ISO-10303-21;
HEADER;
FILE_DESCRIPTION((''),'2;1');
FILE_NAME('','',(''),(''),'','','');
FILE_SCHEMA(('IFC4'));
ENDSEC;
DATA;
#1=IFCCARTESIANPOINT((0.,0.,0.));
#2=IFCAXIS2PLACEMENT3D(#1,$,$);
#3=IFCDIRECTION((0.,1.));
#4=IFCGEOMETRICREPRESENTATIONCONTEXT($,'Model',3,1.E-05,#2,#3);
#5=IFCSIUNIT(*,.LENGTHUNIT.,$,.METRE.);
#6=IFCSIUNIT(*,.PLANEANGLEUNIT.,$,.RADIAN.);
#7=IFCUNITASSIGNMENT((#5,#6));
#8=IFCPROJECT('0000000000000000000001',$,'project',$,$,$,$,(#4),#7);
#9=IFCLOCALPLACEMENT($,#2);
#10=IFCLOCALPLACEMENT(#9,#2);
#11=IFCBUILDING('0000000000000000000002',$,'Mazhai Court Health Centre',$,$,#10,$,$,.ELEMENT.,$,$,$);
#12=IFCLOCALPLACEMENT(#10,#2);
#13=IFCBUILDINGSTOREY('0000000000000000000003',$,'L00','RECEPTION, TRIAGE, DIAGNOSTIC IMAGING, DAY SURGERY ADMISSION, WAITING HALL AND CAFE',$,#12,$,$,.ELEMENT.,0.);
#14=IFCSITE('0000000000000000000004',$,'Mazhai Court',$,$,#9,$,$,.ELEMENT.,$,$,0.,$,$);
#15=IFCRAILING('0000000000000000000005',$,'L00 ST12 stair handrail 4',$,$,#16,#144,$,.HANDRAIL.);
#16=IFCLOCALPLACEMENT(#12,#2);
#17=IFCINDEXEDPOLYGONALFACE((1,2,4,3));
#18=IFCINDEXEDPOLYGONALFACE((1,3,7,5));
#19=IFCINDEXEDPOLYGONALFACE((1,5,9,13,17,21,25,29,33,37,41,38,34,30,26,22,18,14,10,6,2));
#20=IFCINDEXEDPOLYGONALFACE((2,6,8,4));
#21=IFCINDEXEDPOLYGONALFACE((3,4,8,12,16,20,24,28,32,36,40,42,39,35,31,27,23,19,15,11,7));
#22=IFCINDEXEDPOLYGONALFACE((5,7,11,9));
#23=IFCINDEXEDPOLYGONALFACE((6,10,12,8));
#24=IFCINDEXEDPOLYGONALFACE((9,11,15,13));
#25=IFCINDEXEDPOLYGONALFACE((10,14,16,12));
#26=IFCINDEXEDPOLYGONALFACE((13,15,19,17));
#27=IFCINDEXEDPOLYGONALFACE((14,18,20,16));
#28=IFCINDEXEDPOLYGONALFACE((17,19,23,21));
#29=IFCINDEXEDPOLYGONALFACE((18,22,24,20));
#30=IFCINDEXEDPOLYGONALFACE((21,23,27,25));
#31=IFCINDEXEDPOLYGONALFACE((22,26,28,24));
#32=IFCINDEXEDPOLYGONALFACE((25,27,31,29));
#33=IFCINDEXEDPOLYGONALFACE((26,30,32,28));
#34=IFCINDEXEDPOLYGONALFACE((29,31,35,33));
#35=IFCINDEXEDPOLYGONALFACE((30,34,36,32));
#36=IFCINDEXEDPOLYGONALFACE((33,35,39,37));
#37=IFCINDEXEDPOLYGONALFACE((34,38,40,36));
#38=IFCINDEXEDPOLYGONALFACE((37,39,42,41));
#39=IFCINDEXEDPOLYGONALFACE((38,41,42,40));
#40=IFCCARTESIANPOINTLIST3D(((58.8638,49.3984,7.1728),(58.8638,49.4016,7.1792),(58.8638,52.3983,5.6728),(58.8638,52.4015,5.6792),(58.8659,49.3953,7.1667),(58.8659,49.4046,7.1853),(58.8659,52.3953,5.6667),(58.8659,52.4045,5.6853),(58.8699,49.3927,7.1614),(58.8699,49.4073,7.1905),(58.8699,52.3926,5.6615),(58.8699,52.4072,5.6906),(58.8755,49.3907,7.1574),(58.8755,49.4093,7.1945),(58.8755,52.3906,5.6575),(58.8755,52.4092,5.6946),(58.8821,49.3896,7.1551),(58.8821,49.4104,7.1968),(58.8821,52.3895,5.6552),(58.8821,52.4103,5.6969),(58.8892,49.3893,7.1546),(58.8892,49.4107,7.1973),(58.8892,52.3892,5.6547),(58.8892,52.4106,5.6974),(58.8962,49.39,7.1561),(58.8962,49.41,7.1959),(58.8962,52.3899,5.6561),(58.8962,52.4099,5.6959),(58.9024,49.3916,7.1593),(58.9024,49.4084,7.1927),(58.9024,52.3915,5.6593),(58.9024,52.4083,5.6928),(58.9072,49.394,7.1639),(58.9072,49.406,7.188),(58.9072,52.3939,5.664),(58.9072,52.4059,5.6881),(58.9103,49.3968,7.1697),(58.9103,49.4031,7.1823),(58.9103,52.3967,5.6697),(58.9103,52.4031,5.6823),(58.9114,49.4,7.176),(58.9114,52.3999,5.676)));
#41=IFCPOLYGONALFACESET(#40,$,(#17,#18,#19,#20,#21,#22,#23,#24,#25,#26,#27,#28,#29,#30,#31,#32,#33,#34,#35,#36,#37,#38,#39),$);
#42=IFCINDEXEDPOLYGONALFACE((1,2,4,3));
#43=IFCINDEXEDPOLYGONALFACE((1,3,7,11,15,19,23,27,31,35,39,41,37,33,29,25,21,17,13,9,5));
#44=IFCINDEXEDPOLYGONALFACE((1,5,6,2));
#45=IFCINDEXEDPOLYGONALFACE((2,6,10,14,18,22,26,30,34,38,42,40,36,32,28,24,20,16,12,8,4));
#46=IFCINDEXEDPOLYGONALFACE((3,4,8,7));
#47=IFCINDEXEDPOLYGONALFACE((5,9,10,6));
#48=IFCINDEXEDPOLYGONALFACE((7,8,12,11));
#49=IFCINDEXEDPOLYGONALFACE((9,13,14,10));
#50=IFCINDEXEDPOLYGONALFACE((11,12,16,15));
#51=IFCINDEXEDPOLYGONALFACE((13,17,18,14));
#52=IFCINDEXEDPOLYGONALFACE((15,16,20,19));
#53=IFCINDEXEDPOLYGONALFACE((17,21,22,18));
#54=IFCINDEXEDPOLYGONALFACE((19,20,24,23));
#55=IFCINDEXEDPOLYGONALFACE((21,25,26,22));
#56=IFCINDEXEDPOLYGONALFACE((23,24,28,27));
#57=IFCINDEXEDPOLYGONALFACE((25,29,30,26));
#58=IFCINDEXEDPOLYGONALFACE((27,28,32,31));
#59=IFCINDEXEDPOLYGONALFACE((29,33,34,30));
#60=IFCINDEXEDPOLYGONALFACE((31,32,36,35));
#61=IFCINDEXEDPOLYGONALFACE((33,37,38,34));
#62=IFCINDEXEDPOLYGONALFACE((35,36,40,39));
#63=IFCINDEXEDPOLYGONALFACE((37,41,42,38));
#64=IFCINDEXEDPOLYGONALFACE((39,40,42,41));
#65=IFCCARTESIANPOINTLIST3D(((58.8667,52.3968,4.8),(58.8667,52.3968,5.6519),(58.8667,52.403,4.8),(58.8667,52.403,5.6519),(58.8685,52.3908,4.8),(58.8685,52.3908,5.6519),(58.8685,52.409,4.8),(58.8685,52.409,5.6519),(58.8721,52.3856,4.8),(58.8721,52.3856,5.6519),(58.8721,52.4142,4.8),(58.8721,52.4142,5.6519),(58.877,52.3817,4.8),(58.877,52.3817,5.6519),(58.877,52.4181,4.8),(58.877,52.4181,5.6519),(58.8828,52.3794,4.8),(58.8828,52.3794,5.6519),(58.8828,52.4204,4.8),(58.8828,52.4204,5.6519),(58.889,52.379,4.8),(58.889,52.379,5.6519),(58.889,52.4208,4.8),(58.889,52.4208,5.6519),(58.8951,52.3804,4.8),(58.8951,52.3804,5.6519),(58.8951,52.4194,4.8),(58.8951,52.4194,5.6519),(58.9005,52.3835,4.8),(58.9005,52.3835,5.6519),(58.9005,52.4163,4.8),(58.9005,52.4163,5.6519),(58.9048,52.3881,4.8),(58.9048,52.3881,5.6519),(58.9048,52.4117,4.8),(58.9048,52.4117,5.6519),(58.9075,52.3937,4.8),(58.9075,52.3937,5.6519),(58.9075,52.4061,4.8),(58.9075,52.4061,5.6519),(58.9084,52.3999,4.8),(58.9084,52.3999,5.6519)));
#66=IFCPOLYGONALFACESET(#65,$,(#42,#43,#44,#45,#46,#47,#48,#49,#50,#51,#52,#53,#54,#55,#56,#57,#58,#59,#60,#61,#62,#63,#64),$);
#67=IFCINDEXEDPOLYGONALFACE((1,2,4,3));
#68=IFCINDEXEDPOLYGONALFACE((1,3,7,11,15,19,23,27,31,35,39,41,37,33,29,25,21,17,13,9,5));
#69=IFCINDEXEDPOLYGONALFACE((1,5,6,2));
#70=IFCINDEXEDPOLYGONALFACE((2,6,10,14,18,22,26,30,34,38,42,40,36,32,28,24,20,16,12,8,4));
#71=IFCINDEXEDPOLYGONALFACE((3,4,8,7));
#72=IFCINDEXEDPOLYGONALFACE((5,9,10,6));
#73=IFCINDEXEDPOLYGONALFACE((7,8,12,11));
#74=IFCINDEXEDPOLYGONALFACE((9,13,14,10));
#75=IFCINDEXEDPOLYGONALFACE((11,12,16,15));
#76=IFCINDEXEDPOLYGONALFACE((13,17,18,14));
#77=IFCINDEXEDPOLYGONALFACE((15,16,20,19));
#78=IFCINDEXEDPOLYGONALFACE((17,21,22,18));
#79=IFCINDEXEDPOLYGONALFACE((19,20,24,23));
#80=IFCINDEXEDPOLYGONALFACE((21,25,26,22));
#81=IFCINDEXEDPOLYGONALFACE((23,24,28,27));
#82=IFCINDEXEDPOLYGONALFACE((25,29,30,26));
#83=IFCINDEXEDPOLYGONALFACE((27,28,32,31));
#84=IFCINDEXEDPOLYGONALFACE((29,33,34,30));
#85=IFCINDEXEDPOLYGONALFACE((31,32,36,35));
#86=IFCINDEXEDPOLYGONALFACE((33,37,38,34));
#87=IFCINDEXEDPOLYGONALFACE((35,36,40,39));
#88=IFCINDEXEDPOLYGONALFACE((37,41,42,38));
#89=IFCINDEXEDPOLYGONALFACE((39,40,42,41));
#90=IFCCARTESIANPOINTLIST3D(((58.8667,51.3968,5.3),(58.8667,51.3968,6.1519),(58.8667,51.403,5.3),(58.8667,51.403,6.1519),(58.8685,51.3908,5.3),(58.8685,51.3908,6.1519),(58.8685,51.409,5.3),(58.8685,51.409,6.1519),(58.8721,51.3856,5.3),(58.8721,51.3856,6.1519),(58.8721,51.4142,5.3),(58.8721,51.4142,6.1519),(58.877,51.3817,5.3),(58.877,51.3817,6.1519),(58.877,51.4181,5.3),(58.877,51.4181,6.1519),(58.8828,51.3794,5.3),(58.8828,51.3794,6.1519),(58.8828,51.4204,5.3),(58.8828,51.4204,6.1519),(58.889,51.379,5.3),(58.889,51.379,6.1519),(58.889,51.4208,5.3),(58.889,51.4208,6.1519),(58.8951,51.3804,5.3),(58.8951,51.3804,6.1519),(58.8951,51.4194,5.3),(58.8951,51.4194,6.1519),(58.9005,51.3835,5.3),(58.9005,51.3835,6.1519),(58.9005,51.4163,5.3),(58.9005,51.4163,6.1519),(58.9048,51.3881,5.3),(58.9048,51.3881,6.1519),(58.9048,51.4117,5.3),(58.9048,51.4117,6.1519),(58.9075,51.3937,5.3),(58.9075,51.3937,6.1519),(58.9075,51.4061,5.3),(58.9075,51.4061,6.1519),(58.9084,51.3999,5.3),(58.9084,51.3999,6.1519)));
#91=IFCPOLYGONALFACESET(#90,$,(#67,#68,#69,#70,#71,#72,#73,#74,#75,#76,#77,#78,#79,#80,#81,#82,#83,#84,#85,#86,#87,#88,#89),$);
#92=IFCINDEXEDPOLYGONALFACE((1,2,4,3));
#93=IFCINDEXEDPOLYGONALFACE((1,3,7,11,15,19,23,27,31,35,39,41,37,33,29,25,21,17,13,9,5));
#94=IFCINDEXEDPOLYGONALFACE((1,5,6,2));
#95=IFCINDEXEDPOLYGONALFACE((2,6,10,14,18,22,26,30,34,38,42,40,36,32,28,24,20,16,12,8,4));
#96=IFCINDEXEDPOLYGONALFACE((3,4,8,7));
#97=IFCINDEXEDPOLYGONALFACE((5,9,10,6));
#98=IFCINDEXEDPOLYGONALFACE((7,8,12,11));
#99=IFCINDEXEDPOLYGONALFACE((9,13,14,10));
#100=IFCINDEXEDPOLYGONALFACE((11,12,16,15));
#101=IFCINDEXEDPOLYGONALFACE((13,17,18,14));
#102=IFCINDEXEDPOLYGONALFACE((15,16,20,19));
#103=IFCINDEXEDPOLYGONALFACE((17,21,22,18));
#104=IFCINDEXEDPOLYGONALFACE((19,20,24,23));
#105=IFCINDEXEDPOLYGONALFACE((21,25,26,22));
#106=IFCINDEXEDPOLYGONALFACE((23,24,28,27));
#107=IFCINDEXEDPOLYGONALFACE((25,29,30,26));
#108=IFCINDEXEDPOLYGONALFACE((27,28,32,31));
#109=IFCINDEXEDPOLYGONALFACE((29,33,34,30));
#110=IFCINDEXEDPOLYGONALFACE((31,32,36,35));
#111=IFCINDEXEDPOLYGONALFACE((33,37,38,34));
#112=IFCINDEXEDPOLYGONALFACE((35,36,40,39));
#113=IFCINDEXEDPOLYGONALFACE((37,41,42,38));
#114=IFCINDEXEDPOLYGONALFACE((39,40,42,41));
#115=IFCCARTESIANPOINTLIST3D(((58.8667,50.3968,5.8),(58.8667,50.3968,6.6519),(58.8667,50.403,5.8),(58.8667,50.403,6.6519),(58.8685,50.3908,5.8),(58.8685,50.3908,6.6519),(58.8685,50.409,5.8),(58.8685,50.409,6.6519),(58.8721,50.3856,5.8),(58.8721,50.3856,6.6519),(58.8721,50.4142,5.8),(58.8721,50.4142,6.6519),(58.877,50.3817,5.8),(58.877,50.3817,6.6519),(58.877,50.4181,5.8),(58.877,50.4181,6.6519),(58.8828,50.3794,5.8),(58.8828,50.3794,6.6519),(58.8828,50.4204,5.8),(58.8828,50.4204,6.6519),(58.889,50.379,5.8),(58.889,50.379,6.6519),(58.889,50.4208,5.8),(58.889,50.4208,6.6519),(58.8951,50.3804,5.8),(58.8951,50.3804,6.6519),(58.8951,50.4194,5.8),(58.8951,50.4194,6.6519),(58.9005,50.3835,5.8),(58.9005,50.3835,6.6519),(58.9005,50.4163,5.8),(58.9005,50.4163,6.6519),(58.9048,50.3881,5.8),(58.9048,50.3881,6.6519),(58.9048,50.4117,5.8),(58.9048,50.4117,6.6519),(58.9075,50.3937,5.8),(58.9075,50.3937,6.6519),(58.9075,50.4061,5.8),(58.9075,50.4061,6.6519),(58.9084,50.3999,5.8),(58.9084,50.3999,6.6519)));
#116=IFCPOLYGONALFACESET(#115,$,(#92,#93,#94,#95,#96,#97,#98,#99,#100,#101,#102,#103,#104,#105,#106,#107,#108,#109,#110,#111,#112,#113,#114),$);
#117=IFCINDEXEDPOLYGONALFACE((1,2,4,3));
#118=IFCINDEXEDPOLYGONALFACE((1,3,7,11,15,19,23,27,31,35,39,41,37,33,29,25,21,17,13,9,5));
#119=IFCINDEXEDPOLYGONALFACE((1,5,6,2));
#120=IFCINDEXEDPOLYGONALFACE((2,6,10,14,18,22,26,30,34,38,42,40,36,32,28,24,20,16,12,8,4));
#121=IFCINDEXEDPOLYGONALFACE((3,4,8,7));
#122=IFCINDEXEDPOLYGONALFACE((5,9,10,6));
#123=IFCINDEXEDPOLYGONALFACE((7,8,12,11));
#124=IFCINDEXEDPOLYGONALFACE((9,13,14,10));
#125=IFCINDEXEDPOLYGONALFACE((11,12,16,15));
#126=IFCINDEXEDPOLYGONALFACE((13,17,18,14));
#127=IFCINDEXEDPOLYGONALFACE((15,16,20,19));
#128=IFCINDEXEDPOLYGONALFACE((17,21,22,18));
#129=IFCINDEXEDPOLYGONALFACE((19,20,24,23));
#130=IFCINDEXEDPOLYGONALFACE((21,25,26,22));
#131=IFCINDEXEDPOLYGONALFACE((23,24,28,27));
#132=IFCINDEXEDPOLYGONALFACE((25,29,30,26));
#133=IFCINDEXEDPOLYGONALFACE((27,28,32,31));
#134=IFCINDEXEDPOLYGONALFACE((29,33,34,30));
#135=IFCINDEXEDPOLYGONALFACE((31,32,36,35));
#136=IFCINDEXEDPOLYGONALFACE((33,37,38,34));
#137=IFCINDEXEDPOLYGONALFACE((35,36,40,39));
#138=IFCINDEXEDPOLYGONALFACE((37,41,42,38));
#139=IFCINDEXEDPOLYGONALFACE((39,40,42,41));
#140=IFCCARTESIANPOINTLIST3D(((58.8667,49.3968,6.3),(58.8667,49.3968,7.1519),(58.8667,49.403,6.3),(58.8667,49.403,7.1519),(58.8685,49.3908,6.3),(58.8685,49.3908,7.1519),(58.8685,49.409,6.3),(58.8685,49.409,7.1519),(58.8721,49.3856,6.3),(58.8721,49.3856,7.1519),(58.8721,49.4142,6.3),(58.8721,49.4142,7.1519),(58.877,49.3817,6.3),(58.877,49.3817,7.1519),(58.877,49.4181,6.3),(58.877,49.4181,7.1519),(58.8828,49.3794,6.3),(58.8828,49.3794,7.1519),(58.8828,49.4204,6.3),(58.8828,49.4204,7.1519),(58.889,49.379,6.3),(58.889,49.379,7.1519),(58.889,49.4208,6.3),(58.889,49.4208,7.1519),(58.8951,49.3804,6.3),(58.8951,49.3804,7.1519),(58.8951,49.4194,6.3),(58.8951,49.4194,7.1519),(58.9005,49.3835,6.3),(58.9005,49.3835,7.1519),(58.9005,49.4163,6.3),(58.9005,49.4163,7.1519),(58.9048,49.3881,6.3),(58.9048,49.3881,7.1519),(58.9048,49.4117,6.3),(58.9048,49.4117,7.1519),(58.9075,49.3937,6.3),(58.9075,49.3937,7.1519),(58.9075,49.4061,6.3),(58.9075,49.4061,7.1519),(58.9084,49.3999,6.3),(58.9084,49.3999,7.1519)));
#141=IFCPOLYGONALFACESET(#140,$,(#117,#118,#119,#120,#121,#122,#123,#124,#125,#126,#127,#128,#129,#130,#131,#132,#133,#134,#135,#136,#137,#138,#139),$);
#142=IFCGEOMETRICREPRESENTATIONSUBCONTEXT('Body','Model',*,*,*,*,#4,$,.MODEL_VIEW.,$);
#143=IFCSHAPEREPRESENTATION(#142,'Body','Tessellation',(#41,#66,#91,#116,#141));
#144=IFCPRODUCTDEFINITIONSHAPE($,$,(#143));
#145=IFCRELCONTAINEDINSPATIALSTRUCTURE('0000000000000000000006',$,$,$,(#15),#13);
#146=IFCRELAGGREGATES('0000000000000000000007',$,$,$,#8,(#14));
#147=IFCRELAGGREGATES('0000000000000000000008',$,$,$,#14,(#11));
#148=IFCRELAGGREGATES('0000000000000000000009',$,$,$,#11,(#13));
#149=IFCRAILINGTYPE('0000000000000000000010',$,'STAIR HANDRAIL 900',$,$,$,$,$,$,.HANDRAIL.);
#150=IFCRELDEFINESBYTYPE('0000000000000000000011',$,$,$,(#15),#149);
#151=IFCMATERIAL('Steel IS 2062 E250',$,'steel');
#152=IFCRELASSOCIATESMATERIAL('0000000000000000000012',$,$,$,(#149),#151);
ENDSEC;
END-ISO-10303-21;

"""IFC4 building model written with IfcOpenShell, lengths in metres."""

from ifc_helpers import new_model, si_unit, direction, frame, origin, origin_2d, place, context, subcontext, project, spatial, circle, extrude, material, type_object, element, save


model = new_model("IFC4")

# Units and contexts
model_context = context("Model", 3, precision=1e-05, world=origin(), true_north=direction((0.0, 1.0)))
body_context = subcontext(model_context, "Body", "Model", "MODEL_VIEW")
ifc_project = project(units=[si_unit("LENGTHUNIT", "METRE"), si_unit("PLANEANGLEUNIT", "RADIAN")], contexts=[model_context])

# Site, building, storey
site_placement = place(None, origin())
site = spatial("IfcSite", under=ifc_project, at=site_placement, Name="Mazhai Court", CompositionType="ELEMENT", RefElevation=0.0)
building_placement = place(site_placement, origin())
building = spatial("IfcBuilding", under=site, at=building_placement, Name="Mazhai Court Health Centre", CompositionType="ELEMENT")
storey_placement = place(building_placement, origin())
storey = spatial("IfcBuildingStorey", under=building, at=storey_placement, Name="L00", Description="RECEPTION, TRIAGE, DIAGNOSTIC IMAGING, DAY SURGERY ADMISSION, WAITING HALL AND CAFE", CompositionType="ELEMENT", Elevation=0.0)

# Railing
ifc_material_1 = material(Name="Steel IS 2062 E250", Category="steel")
railing_type_1 = type_object("IfcRailingType", Name="STAIR HANDRAIL 900", PredefinedType="HANDRAIL", material=ifc_material_1)
railing_1_placement = place(storey_placement, frame((58.8875, 52.3999, 4.8)))
element("IfcRailing", 1, at=railing_1_placement, inside=storey, type_object=railing_type_1, Name="L00 ST12 stair handrail 4", PredefinedType="HANDRAIL", context=body_context, shape_type="SweptSolid", body=[
    extrude(circle(Radius=0.0239, at=origin_2d()), frame((0.0, 0.0, 0.876), z_axis=(0.0, -0.894427, 0.447214), x_axis=(1.0, 0.0, 0.0)), (0.0, 0.0, 1.0), 3.354),
    extrude(circle(Radius=0.021, at=origin_2d()), origin(), (0.0, 0.0, 1.0), 0.8518),
    extrude(circle(Radius=0.021, at=origin_2d()), frame((0.0, -1.0, 0.5)), (0.0, 0.0, 1.0), 0.8518),
    extrude(circle(Radius=0.021, at=origin_2d()), frame((0.0, -2.0, 1.0)), (0.0, 0.0, 1.0), 0.8518),
    extrude(circle(Radius=0.021, at=origin_2d()), frame((0.0, -3.0, 1.5)), (0.0, 0.0, 1.0), 0.8518),
])

save(model, "model.ifc")
